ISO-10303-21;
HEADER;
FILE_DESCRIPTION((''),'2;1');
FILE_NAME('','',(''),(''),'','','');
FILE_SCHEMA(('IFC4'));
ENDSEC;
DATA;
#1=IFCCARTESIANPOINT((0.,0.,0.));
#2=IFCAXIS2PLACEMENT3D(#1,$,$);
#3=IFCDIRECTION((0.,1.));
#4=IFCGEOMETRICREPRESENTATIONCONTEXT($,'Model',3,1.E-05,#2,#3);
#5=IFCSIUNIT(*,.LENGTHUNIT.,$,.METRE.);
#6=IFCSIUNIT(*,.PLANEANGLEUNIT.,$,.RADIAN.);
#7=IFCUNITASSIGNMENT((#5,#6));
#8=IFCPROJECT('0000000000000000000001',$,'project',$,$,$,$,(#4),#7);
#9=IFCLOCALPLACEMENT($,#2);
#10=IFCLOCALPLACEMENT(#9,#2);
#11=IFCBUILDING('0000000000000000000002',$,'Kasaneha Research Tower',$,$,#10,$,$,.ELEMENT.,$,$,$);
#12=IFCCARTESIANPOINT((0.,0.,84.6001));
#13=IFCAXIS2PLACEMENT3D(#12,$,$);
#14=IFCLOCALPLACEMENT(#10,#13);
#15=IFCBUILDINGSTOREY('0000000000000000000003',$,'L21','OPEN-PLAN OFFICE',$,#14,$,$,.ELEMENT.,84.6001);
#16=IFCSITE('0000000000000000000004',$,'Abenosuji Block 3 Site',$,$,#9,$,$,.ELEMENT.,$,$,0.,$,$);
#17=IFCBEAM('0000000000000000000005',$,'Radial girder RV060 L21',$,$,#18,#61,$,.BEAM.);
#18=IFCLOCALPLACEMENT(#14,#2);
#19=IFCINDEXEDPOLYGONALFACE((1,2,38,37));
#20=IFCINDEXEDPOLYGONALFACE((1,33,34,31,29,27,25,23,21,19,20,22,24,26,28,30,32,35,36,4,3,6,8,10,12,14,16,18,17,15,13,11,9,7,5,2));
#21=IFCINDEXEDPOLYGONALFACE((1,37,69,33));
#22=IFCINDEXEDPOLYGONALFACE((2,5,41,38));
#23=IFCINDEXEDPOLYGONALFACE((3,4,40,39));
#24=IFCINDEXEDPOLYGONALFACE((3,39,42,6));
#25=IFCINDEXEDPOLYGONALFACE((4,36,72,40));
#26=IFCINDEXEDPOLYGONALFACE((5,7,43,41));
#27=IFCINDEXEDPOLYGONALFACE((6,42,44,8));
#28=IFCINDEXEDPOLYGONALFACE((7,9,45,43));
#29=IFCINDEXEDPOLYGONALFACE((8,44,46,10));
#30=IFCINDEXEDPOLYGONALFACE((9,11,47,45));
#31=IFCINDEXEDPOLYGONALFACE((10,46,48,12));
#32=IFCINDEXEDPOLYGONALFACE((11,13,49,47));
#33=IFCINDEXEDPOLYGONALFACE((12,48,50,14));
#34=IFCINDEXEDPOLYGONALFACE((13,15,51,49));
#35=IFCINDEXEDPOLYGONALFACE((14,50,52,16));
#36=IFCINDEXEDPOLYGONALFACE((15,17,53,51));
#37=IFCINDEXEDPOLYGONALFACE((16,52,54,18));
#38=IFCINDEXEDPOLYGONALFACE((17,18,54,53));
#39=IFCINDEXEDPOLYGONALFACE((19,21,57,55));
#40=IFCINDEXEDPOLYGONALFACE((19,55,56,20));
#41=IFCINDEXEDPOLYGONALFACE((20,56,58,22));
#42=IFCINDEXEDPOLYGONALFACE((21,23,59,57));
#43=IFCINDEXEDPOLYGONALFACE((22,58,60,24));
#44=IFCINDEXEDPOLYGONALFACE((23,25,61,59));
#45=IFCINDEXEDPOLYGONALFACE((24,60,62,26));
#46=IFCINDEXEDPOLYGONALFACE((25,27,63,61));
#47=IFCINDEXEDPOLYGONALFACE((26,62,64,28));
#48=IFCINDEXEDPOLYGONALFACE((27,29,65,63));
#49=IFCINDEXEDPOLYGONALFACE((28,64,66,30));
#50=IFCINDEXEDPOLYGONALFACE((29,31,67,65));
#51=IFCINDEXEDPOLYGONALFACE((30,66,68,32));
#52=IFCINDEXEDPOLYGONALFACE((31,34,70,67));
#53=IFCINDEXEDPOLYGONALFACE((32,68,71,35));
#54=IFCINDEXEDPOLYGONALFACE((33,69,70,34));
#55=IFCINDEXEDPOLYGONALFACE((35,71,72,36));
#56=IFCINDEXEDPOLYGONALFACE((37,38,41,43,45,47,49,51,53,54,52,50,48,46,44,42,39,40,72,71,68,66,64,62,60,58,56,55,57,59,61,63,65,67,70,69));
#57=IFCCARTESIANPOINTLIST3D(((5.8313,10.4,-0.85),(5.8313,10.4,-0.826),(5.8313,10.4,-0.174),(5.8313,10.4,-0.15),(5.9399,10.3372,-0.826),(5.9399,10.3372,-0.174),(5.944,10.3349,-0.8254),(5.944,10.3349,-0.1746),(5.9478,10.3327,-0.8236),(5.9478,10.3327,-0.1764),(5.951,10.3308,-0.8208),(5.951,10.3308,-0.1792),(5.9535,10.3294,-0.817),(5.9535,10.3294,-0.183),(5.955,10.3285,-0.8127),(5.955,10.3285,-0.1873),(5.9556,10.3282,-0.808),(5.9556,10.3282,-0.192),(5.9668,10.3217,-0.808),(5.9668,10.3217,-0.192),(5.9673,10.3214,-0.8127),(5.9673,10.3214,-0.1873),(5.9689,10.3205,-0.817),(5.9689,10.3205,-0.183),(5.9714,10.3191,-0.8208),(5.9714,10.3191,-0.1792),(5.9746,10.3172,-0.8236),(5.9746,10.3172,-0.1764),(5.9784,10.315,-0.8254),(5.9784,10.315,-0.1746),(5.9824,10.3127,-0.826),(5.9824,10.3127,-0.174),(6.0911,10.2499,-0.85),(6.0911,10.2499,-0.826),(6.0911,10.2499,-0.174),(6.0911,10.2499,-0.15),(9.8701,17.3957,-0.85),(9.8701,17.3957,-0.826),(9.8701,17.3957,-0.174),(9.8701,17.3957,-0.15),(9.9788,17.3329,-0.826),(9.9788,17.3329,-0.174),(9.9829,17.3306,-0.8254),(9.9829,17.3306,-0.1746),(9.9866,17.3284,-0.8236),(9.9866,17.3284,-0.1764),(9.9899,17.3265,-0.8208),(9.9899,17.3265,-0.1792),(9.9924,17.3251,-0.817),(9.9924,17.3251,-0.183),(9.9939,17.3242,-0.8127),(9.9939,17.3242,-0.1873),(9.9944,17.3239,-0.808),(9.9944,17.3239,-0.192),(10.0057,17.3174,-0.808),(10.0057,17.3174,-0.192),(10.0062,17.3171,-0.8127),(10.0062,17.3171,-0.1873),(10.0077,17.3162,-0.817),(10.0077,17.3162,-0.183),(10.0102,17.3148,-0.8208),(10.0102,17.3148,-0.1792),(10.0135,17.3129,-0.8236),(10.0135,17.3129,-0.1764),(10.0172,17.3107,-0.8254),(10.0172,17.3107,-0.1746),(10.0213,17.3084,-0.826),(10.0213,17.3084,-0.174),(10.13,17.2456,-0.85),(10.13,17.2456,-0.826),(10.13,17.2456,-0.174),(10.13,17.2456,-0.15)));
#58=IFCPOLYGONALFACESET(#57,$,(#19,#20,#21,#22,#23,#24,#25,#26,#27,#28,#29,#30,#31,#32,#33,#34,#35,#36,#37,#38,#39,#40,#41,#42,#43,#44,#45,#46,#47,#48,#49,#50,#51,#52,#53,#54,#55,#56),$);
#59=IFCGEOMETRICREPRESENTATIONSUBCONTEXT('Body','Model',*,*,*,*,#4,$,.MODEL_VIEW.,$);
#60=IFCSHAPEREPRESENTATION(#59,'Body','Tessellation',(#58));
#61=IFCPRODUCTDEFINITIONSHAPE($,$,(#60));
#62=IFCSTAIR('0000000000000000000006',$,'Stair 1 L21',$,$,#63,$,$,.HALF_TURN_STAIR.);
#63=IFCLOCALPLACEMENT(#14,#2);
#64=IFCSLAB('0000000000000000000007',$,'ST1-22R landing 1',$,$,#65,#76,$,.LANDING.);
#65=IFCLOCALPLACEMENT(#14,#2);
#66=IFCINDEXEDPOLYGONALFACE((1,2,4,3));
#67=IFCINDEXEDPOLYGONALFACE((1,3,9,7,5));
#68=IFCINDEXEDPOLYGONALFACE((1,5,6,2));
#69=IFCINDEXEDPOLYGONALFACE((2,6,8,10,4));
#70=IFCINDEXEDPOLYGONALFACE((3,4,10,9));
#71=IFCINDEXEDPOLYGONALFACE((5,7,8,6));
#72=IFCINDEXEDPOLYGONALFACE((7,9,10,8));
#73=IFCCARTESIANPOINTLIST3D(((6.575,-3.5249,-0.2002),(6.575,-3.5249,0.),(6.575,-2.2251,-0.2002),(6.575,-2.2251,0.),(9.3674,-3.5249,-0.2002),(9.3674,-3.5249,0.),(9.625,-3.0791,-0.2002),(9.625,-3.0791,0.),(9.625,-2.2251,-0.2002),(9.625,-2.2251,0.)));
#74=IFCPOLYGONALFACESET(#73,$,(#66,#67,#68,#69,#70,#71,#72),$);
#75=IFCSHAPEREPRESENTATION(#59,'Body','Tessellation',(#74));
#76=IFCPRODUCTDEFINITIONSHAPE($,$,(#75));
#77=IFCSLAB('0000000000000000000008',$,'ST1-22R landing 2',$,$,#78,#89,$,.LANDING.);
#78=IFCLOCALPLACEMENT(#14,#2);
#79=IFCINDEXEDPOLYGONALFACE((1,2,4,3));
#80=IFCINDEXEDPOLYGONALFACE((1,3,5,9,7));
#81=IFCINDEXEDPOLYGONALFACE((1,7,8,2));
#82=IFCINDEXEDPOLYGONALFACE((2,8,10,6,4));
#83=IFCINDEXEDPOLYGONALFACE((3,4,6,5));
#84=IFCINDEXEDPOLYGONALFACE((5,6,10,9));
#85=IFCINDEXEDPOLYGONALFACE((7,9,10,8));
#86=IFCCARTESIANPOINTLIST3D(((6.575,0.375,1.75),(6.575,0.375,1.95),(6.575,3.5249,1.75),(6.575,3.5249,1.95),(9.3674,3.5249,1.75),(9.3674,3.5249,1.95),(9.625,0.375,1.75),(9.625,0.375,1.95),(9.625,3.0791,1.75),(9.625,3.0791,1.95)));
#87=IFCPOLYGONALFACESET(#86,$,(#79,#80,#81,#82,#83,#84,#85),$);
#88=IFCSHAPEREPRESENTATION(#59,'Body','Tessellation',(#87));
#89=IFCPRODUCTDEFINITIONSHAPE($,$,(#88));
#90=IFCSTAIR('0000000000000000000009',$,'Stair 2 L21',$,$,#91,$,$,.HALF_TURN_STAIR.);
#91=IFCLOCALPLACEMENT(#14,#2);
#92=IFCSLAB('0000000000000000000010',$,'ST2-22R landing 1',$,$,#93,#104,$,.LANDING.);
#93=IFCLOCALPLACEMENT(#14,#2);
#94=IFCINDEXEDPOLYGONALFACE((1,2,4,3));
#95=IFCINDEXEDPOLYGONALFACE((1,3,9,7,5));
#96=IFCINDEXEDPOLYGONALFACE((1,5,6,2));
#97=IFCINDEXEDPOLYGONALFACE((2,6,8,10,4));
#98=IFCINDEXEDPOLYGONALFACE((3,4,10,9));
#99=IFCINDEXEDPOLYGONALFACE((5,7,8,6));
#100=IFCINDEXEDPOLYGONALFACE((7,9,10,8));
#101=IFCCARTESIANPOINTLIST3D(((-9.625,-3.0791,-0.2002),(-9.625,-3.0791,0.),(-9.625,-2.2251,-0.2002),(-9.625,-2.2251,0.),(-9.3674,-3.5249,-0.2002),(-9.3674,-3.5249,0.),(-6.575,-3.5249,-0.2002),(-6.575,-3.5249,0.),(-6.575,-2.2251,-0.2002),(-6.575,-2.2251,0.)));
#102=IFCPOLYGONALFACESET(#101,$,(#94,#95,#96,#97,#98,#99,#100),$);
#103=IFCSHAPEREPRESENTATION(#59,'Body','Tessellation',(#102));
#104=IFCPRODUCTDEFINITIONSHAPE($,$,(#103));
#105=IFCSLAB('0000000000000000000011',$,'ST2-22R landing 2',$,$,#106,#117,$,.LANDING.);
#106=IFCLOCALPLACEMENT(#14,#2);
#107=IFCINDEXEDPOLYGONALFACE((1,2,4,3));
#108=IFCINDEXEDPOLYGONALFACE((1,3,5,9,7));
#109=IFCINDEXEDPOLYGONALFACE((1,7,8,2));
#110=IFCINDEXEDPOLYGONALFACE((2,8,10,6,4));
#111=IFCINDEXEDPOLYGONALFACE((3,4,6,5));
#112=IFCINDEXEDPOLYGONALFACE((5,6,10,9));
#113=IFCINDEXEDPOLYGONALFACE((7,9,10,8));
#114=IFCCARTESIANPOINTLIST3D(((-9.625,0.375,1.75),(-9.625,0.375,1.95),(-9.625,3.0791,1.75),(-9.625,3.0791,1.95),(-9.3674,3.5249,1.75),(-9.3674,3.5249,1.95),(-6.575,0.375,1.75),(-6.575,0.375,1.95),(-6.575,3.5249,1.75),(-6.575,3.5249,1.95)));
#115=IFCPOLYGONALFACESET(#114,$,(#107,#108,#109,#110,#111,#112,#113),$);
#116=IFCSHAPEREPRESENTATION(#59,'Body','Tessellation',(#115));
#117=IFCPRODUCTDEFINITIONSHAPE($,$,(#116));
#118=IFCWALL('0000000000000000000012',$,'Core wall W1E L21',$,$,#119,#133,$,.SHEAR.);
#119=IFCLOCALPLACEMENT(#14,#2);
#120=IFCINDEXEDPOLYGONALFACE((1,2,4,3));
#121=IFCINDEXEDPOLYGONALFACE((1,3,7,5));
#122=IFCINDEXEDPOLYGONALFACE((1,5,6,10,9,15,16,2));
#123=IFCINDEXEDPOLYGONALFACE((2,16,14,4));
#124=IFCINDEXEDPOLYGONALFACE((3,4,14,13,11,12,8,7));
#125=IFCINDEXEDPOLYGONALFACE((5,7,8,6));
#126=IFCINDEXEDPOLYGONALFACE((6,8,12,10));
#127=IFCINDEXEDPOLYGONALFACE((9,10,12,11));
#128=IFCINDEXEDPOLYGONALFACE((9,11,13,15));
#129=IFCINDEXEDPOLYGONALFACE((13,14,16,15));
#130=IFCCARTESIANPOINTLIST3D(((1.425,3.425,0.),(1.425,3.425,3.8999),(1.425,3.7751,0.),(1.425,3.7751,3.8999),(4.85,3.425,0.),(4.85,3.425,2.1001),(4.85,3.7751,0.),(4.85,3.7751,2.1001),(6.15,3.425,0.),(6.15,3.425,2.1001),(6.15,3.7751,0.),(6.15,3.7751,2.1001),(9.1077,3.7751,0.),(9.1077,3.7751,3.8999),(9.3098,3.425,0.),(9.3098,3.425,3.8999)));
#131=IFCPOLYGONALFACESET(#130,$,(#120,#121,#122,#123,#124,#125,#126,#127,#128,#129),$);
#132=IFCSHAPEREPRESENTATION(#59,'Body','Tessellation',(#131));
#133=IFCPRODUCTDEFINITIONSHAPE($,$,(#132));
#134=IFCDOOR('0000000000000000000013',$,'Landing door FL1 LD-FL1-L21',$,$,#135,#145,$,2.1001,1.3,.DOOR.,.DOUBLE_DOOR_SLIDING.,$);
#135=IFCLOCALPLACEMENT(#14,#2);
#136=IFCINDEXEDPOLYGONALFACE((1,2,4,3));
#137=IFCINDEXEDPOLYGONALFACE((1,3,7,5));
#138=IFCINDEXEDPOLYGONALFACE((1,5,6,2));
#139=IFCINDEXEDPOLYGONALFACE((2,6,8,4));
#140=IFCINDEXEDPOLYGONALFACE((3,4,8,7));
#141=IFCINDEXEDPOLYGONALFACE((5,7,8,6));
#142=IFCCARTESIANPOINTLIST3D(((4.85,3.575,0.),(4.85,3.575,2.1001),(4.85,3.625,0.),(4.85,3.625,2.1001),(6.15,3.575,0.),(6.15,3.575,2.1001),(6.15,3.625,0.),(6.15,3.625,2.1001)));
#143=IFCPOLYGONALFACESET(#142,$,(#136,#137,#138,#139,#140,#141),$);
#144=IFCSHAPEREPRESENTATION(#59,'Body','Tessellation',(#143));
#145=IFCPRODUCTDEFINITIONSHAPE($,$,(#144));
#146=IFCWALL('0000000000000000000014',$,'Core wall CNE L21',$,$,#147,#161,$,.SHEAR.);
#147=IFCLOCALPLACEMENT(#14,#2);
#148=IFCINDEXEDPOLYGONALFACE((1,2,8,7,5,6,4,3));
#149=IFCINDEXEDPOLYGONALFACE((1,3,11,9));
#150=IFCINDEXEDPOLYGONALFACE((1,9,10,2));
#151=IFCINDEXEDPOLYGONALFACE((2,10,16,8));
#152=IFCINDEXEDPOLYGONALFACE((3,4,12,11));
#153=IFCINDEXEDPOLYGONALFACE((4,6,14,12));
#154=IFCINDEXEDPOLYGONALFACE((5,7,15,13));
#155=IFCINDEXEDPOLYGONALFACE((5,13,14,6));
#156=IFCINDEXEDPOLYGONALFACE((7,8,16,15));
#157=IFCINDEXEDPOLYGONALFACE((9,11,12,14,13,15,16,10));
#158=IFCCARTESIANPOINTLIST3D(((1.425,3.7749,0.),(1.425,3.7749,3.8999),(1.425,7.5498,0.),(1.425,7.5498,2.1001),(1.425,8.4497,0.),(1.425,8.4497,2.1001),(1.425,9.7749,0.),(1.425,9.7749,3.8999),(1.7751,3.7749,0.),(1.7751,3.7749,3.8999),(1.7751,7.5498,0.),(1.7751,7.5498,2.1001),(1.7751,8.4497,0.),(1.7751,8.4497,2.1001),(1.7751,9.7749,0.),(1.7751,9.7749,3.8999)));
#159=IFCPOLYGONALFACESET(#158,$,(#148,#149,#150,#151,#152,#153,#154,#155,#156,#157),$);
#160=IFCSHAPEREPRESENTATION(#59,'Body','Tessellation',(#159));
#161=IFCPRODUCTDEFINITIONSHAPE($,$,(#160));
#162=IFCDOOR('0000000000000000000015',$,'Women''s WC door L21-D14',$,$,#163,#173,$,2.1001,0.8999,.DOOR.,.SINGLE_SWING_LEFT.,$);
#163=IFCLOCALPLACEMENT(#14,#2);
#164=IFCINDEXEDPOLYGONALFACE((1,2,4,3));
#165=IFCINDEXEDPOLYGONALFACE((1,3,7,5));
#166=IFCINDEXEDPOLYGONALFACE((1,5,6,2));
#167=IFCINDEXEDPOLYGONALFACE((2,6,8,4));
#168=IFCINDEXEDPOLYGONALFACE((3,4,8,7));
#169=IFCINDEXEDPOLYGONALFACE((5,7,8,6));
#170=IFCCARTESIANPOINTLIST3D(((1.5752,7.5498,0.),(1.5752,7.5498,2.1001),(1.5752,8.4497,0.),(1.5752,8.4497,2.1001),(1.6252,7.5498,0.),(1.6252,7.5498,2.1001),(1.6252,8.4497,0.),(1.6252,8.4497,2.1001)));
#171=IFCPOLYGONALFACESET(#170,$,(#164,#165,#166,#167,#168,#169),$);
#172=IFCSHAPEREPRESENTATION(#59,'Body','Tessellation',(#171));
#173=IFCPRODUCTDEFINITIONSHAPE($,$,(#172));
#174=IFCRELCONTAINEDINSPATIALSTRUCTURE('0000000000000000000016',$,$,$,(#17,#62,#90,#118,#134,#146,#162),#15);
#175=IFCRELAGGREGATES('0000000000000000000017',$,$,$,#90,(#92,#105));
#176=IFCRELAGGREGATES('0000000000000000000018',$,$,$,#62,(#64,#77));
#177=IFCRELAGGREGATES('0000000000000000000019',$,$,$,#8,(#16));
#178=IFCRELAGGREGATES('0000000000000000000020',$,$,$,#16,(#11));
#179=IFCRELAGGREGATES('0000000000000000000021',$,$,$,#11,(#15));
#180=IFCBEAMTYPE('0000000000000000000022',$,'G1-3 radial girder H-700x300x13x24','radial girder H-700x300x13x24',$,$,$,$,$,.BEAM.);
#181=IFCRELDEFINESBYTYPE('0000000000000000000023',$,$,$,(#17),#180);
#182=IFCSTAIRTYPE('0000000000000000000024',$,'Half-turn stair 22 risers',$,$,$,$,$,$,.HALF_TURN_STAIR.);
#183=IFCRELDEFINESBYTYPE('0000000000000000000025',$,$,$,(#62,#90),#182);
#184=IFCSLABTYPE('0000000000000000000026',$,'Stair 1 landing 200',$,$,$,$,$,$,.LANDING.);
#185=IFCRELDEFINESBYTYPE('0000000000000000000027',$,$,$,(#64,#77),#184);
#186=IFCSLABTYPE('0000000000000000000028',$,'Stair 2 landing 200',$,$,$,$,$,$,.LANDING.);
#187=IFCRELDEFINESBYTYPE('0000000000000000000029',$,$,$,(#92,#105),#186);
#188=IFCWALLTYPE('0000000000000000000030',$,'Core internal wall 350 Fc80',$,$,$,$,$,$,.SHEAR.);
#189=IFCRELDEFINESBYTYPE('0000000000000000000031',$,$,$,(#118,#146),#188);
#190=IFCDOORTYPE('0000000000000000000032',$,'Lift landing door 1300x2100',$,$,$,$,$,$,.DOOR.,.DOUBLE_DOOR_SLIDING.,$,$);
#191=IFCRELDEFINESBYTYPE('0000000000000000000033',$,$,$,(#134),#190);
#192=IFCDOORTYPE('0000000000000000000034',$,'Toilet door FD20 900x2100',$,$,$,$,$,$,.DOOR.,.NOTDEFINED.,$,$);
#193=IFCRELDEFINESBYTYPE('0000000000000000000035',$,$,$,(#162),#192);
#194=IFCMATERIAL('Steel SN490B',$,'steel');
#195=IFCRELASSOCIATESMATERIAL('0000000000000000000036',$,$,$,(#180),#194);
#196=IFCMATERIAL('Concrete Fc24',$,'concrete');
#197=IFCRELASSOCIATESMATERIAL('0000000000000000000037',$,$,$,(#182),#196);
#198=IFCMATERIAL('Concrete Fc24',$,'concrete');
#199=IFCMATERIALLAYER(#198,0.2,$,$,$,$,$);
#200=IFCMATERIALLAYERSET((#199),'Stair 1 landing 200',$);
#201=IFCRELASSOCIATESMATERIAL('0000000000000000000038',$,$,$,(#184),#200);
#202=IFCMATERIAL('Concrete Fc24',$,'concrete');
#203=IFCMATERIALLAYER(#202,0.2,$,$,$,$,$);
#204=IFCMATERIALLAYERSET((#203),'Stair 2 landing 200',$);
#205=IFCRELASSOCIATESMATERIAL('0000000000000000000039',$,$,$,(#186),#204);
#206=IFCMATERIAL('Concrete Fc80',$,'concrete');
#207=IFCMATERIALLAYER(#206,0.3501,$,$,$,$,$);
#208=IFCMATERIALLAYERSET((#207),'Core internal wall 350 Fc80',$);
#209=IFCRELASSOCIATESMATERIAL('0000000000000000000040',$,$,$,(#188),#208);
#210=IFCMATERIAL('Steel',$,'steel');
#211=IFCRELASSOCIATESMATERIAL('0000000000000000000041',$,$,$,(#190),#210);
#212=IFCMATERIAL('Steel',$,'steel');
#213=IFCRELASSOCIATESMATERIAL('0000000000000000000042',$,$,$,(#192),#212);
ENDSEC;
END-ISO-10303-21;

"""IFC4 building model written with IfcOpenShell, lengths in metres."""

from ifc_helpers import new_model, si_unit, direction, frame, frame_2d, origin, origin_2d, place, context, subcontext, project, spatial, polyline, rectangle, i_section, outline, extrude, material, layer, layer_set, material_profile, profile_set, type_object, element, fill, aggregate, save


model = new_model("IFC4")

# Units and contexts
model_context = context("Model", 3, precision=1e-05, world=origin(), true_north=direction((0.0, 1.0)))
body_context = subcontext(model_context, "Body", "Model", "MODEL_VIEW")
ifc_project = project(units=[si_unit("LENGTHUNIT", "METRE"), si_unit("PLANEANGLEUNIT", "RADIAN")], contexts=[model_context])

# Site, building, storey
site_placement = place(None, origin())
site = spatial("IfcSite", under=ifc_project, at=site_placement, Name="Abenosuji Block 3 Site", CompositionType="ELEMENT", RefElevation=0.0)
building_placement = place(site_placement, origin())
building = spatial("IfcBuilding", under=site, at=building_placement, Name="Kasaneha Research Tower", CompositionType="ELEMENT")
storey_placement = place(building_placement, frame((0.0, 0.0, 84.6001)))
storey = spatial("IfcBuildingStorey", under=building, at=storey_placement, Name="L21", Description="OPEN-PLAN OFFICE", CompositionType="ELEMENT", Elevation=84.6001)

# Beam
ifc_material_1 = material(Name="Steel SN490B", Category="steel")
ifc_material_profile = material_profile(ifc_material_1, i_section(OverallWidth=0.3, OverallDepth=0.7, WebThickness=0.0129, FlangeThickness=0.0239, FilletRadius=0.0181, at=origin_2d()), Name="H-700x300x13x24")
ifc_profile_set = profile_set([ifc_material_profile], Name="Steel SN490B")
beam_type = type_object("IfcBeamType", Name="G1-3 radial girder H-700x300x13x24", Description="radial girder H-700x300x13x24", PredefinedType="BEAM", material=ifc_profile_set)
beam_placement = place(storey_placement, frame((5.9612, 10.325, -0.5), z_axis=(0.499991, 0.866031, 0.0), x_axis=(-0.866031, 0.499991, 0.0)))
element("IfcBeam", 1, at=beam_placement, inside=storey, type_object=beam_type, Name="Radial girder RV060 L21", PredefinedType="BEAM", context=body_context, shape_type="SweptSolid", body=[
    extrude(i_section(OverallWidth=0.3, OverallDepth=0.7, WebThickness=0.0129, FlangeThickness=0.0239, FilletRadius=0.0181, at=origin_2d()), origin(), (0.0, 0.0, 1.0), 8.0779),
])

# Stairs, slabs
ifc_material_2 = material(Name="Concrete Fc24", Category="concrete")
stair_type = type_object("IfcStairType", Name="Half-turn stair 22 risers", PredefinedType="HALF_TURN_STAIR", material=ifc_material_2)
stair_1_placement = place(storey_placement, origin())
stair_1 = element("IfcStair", 2, at=stair_1_placement, inside=storey, type_object=stair_type, Name="Stair 1 L21", PredefinedType="HALF_TURN_STAIR")
ifc_material_3 = material(Name="Concrete Fc24", Category="concrete")
ifc_layer_1 = layer(ifc_material_3, 0.2)
ifc_layer_set_1 = layer_set([ifc_layer_1], Name="Stair 1 landing 200")
slab_type_1 = type_object("IfcSlabType", Name="Stair 1 landing 200", PredefinedType="LANDING", material=ifc_layer_set_1)
slab_1_placement = place(storey_placement, frame((0.0, 0.0, -0.2002)))
slab_1 = element("IfcSlab", 3, at=slab_1_placement, type_object=slab_type_1, Name="ST1-22R landing 1", PredefinedType="LANDING", context=body_context, shape_type="SweptSolid", body=[
    extrude(outline(polyline([(9.3674, -3.5249), (6.575, -3.5249), (6.575, -2.2251), (9.625, -2.2251), (9.625, -3.0791), (9.3674, -3.5249)])), origin(), (0.0, 0.0, 1.0), 0.2002),
])
slab_2_placement = place(storey_placement, frame((0.0, 0.0, 1.75)))
slab_2 = element("IfcSlab", 4, at=slab_2_placement, type_object=slab_type_1, Name="ST1-22R landing 2", PredefinedType="LANDING", context=body_context, shape_type="SweptSolid", body=[
    extrude(outline(polyline([(6.575, 3.5249), (9.3674, 3.5249), (9.625, 3.0791), (9.625, 0.375), (6.575, 0.375), (6.575, 3.5249)])), origin(), (0.0, 0.0, 1.0), 0.2),
])
stair_2_placement = place(storey_placement, origin())
stair_2 = element("IfcStair", 5, at=stair_2_placement, inside=storey, type_object=stair_type, Name="Stair 2 L21", PredefinedType="HALF_TURN_STAIR")
ifc_material_4 = material(Name="Concrete Fc24", Category="concrete")
ifc_layer_2 = layer(ifc_material_4, 0.2)
ifc_layer_set_2 = layer_set([ifc_layer_2], Name="Stair 2 landing 200")
slab_type_2 = type_object("IfcSlabType", Name="Stair 2 landing 200", PredefinedType="LANDING", material=ifc_layer_set_2)
slab_3_placement = place(storey_placement, frame((0.0, 0.0, -0.2002)))
slab_3 = element("IfcSlab", 6, at=slab_3_placement, type_object=slab_type_2, Name="ST2-22R landing 1", PredefinedType="LANDING", context=body_context, shape_type="SweptSolid", body=[
    extrude(outline(polyline([(-6.575, -3.5249), (-9.3674, -3.5249), (-9.625, -3.0791), (-9.625, -2.2251), (-6.575, -2.2251), (-6.575, -3.5249)])), origin(), (0.0, 0.0, 1.0), 0.2002),
])
slab_4_placement = place(storey_placement, frame((0.0, 0.0, 1.75)))
slab_4 = element("IfcSlab", 7, at=slab_4_placement, type_object=slab_type_2, Name="ST2-22R landing 2", PredefinedType="LANDING", context=body_context, shape_type="SweptSolid", body=[
    extrude(outline(polyline([(-6.575, 0.375), (-9.625, 0.375), (-9.625, 3.0791), (-9.3674, 3.5249), (-6.575, 3.5249), (-6.575, 0.375)])), origin(), (0.0, 0.0, 1.0), 0.2),
])
aggregate(stair_2, [slab_3, slab_4])

# Walls, openings, doors
ifc_material_5 = material(Name="Concrete Fc80", Category="concrete")
ifc_layer_3 = layer(ifc_material_5, 0.3501)
ifc_layer_set_3 = layer_set([ifc_layer_3], Name="Core internal wall 350 Fc80")
wall_type_1 = type_object("IfcWallType", Name="Core internal wall 350 Fc80", PredefinedType="SHEAR", material=ifc_layer_set_3)
wall_1_placement = place(storey_placement, frame((1.425, 3.6001, 0.0), z_axis=(0.0, 0.0, 1.0), x_axis=(1.0, 0.0, 0.0)))
wall_1 = element("IfcWall", 8, at=wall_1_placement, inside=storey, type_object=wall_type_1, Name="Core wall W1E L21", PredefinedType="SHEAR", context=body_context, shape_type="SweptSolid", body=[
    extrude(outline(polyline([(0.0, -0.175), (3.425, -0.175), (4.7251, -0.175), (7.8848, -0.175), (7.6826, 0.175), (4.7251, 0.175), (3.425, 0.175), (0.0, 0.175), (0.0, -0.175)])), origin(), (0.0, 0.0, 1.0), 3.8999),
])
opening_1_placement = place(wall_1_placement, frame((3.425, 0.0, 0.0)))
opening_1 = element("IfcOpeningElement", 9, at=opening_1_placement, cuts=wall_1, PredefinedType="OPENING", context=body_context, shape_type="SweptSolid", body=[
    extrude(rectangle(XDim=1.3, YDim=2.1001, at=frame_2d((0.6499, 1.05))), frame((0.0, 0.1851, 0.0), z_axis=(0.0, -1.0, 0.0), x_axis=(1.0, 0.0, 0.0)), (0.0, 0.0, 1.0), 0.3701),
])
ifc_material_6 = material(Name="Steel", Category="steel")
door_type_1 = type_object("IfcDoorType", Name="Lift landing door 1300x2100", OperationType="DOUBLE_DOOR_SLIDING", PredefinedType="DOOR", material=ifc_material_6)
door_1_placement = place(opening_1_placement, origin())
door_1 = element("IfcDoor", 10, at=door_1_placement, inside=storey, type_object=door_type_1, Name="Landing door FL1 LD-FL1-L21", OperationType="DOUBLE_DOOR_SLIDING", OverallHeight=2.1001, OverallWidth=1.3, PredefinedType="DOOR", context=body_context, shape_type="SweptSolid", body=[
    extrude(rectangle(XDim=1.3, YDim=2.1001, at=frame_2d((0.6499, 1.05))), frame((0.0, 0.0249, 0.0), z_axis=(0.0, -1.0, 0.0), x_axis=(1.0, 0.0, 0.0)), (0.0, 0.0, 1.0), 0.05),
])
fill(opening_1, door_1)
wall_2_placement = place(storey_placement, frame((1.6001, 3.7749, 0.0), z_axis=(0.0, 0.0, 1.0), x_axis=(0.0, 1.0, 0.0)))
wall_2 = element("IfcWall", 11, at=wall_2_placement, inside=storey, type_object=wall_type_1, Name="Core wall CNE L21", PredefinedType="SHEAR", context=body_context, shape_type="SweptSolid", body=[
    extrude(rectangle(XDim=6.0, YDim=0.3501, at=frame_2d((3.0, 0.0))), origin(), (0.0, 0.0, 1.0), 3.8999),
])
opening_2_placement = place(wall_2_placement, frame((3.7749, 0.0, 0.0)))
opening_2 = element("IfcOpeningElement", 12, at=opening_2_placement, cuts=wall_2, PredefinedType="OPENING", context=body_context, shape_type="SweptSolid", body=[
    extrude(rectangle(XDim=0.8999, YDim=2.1001, at=frame_2d((0.45, 1.05))), frame((0.0, 0.1851, 0.0), z_axis=(0.0, -1.0, 0.0), x_axis=(1.0, 0.0, 0.0)), (0.0, 0.0, 1.0), 0.3701),
])
ifc_material_7 = material(Name="Steel", Category="steel")
door_type_2 = type_object("IfcDoorType", Name="Toilet door FD20 900x2100", OperationType="NOTDEFINED", PredefinedType="DOOR", material=ifc_material_7)
door_2_placement = place(opening_2_placement, origin())
door_2 = element("IfcDoor", 13, at=door_2_placement, inside=storey, type_object=door_type_2, Name="Women's WC door L21-D14", OperationType="SINGLE_SWING_LEFT", OverallHeight=2.1001, OverallWidth=0.8999, PredefinedType="DOOR", context=body_context, shape_type="SweptSolid", body=[
    extrude(rectangle(XDim=0.8999, YDim=2.1001, at=frame_2d((0.45, 1.05))), frame((0.0, 0.0249, 0.0), z_axis=(0.0, -1.0, 0.0), x_axis=(1.0, 0.0, 0.0)), (0.0, 0.0, 1.0), 0.05),
])
fill(opening_2, door_2)

aggregate(stair_1, [slab_1, slab_2])

save(model, "model.ifc")
